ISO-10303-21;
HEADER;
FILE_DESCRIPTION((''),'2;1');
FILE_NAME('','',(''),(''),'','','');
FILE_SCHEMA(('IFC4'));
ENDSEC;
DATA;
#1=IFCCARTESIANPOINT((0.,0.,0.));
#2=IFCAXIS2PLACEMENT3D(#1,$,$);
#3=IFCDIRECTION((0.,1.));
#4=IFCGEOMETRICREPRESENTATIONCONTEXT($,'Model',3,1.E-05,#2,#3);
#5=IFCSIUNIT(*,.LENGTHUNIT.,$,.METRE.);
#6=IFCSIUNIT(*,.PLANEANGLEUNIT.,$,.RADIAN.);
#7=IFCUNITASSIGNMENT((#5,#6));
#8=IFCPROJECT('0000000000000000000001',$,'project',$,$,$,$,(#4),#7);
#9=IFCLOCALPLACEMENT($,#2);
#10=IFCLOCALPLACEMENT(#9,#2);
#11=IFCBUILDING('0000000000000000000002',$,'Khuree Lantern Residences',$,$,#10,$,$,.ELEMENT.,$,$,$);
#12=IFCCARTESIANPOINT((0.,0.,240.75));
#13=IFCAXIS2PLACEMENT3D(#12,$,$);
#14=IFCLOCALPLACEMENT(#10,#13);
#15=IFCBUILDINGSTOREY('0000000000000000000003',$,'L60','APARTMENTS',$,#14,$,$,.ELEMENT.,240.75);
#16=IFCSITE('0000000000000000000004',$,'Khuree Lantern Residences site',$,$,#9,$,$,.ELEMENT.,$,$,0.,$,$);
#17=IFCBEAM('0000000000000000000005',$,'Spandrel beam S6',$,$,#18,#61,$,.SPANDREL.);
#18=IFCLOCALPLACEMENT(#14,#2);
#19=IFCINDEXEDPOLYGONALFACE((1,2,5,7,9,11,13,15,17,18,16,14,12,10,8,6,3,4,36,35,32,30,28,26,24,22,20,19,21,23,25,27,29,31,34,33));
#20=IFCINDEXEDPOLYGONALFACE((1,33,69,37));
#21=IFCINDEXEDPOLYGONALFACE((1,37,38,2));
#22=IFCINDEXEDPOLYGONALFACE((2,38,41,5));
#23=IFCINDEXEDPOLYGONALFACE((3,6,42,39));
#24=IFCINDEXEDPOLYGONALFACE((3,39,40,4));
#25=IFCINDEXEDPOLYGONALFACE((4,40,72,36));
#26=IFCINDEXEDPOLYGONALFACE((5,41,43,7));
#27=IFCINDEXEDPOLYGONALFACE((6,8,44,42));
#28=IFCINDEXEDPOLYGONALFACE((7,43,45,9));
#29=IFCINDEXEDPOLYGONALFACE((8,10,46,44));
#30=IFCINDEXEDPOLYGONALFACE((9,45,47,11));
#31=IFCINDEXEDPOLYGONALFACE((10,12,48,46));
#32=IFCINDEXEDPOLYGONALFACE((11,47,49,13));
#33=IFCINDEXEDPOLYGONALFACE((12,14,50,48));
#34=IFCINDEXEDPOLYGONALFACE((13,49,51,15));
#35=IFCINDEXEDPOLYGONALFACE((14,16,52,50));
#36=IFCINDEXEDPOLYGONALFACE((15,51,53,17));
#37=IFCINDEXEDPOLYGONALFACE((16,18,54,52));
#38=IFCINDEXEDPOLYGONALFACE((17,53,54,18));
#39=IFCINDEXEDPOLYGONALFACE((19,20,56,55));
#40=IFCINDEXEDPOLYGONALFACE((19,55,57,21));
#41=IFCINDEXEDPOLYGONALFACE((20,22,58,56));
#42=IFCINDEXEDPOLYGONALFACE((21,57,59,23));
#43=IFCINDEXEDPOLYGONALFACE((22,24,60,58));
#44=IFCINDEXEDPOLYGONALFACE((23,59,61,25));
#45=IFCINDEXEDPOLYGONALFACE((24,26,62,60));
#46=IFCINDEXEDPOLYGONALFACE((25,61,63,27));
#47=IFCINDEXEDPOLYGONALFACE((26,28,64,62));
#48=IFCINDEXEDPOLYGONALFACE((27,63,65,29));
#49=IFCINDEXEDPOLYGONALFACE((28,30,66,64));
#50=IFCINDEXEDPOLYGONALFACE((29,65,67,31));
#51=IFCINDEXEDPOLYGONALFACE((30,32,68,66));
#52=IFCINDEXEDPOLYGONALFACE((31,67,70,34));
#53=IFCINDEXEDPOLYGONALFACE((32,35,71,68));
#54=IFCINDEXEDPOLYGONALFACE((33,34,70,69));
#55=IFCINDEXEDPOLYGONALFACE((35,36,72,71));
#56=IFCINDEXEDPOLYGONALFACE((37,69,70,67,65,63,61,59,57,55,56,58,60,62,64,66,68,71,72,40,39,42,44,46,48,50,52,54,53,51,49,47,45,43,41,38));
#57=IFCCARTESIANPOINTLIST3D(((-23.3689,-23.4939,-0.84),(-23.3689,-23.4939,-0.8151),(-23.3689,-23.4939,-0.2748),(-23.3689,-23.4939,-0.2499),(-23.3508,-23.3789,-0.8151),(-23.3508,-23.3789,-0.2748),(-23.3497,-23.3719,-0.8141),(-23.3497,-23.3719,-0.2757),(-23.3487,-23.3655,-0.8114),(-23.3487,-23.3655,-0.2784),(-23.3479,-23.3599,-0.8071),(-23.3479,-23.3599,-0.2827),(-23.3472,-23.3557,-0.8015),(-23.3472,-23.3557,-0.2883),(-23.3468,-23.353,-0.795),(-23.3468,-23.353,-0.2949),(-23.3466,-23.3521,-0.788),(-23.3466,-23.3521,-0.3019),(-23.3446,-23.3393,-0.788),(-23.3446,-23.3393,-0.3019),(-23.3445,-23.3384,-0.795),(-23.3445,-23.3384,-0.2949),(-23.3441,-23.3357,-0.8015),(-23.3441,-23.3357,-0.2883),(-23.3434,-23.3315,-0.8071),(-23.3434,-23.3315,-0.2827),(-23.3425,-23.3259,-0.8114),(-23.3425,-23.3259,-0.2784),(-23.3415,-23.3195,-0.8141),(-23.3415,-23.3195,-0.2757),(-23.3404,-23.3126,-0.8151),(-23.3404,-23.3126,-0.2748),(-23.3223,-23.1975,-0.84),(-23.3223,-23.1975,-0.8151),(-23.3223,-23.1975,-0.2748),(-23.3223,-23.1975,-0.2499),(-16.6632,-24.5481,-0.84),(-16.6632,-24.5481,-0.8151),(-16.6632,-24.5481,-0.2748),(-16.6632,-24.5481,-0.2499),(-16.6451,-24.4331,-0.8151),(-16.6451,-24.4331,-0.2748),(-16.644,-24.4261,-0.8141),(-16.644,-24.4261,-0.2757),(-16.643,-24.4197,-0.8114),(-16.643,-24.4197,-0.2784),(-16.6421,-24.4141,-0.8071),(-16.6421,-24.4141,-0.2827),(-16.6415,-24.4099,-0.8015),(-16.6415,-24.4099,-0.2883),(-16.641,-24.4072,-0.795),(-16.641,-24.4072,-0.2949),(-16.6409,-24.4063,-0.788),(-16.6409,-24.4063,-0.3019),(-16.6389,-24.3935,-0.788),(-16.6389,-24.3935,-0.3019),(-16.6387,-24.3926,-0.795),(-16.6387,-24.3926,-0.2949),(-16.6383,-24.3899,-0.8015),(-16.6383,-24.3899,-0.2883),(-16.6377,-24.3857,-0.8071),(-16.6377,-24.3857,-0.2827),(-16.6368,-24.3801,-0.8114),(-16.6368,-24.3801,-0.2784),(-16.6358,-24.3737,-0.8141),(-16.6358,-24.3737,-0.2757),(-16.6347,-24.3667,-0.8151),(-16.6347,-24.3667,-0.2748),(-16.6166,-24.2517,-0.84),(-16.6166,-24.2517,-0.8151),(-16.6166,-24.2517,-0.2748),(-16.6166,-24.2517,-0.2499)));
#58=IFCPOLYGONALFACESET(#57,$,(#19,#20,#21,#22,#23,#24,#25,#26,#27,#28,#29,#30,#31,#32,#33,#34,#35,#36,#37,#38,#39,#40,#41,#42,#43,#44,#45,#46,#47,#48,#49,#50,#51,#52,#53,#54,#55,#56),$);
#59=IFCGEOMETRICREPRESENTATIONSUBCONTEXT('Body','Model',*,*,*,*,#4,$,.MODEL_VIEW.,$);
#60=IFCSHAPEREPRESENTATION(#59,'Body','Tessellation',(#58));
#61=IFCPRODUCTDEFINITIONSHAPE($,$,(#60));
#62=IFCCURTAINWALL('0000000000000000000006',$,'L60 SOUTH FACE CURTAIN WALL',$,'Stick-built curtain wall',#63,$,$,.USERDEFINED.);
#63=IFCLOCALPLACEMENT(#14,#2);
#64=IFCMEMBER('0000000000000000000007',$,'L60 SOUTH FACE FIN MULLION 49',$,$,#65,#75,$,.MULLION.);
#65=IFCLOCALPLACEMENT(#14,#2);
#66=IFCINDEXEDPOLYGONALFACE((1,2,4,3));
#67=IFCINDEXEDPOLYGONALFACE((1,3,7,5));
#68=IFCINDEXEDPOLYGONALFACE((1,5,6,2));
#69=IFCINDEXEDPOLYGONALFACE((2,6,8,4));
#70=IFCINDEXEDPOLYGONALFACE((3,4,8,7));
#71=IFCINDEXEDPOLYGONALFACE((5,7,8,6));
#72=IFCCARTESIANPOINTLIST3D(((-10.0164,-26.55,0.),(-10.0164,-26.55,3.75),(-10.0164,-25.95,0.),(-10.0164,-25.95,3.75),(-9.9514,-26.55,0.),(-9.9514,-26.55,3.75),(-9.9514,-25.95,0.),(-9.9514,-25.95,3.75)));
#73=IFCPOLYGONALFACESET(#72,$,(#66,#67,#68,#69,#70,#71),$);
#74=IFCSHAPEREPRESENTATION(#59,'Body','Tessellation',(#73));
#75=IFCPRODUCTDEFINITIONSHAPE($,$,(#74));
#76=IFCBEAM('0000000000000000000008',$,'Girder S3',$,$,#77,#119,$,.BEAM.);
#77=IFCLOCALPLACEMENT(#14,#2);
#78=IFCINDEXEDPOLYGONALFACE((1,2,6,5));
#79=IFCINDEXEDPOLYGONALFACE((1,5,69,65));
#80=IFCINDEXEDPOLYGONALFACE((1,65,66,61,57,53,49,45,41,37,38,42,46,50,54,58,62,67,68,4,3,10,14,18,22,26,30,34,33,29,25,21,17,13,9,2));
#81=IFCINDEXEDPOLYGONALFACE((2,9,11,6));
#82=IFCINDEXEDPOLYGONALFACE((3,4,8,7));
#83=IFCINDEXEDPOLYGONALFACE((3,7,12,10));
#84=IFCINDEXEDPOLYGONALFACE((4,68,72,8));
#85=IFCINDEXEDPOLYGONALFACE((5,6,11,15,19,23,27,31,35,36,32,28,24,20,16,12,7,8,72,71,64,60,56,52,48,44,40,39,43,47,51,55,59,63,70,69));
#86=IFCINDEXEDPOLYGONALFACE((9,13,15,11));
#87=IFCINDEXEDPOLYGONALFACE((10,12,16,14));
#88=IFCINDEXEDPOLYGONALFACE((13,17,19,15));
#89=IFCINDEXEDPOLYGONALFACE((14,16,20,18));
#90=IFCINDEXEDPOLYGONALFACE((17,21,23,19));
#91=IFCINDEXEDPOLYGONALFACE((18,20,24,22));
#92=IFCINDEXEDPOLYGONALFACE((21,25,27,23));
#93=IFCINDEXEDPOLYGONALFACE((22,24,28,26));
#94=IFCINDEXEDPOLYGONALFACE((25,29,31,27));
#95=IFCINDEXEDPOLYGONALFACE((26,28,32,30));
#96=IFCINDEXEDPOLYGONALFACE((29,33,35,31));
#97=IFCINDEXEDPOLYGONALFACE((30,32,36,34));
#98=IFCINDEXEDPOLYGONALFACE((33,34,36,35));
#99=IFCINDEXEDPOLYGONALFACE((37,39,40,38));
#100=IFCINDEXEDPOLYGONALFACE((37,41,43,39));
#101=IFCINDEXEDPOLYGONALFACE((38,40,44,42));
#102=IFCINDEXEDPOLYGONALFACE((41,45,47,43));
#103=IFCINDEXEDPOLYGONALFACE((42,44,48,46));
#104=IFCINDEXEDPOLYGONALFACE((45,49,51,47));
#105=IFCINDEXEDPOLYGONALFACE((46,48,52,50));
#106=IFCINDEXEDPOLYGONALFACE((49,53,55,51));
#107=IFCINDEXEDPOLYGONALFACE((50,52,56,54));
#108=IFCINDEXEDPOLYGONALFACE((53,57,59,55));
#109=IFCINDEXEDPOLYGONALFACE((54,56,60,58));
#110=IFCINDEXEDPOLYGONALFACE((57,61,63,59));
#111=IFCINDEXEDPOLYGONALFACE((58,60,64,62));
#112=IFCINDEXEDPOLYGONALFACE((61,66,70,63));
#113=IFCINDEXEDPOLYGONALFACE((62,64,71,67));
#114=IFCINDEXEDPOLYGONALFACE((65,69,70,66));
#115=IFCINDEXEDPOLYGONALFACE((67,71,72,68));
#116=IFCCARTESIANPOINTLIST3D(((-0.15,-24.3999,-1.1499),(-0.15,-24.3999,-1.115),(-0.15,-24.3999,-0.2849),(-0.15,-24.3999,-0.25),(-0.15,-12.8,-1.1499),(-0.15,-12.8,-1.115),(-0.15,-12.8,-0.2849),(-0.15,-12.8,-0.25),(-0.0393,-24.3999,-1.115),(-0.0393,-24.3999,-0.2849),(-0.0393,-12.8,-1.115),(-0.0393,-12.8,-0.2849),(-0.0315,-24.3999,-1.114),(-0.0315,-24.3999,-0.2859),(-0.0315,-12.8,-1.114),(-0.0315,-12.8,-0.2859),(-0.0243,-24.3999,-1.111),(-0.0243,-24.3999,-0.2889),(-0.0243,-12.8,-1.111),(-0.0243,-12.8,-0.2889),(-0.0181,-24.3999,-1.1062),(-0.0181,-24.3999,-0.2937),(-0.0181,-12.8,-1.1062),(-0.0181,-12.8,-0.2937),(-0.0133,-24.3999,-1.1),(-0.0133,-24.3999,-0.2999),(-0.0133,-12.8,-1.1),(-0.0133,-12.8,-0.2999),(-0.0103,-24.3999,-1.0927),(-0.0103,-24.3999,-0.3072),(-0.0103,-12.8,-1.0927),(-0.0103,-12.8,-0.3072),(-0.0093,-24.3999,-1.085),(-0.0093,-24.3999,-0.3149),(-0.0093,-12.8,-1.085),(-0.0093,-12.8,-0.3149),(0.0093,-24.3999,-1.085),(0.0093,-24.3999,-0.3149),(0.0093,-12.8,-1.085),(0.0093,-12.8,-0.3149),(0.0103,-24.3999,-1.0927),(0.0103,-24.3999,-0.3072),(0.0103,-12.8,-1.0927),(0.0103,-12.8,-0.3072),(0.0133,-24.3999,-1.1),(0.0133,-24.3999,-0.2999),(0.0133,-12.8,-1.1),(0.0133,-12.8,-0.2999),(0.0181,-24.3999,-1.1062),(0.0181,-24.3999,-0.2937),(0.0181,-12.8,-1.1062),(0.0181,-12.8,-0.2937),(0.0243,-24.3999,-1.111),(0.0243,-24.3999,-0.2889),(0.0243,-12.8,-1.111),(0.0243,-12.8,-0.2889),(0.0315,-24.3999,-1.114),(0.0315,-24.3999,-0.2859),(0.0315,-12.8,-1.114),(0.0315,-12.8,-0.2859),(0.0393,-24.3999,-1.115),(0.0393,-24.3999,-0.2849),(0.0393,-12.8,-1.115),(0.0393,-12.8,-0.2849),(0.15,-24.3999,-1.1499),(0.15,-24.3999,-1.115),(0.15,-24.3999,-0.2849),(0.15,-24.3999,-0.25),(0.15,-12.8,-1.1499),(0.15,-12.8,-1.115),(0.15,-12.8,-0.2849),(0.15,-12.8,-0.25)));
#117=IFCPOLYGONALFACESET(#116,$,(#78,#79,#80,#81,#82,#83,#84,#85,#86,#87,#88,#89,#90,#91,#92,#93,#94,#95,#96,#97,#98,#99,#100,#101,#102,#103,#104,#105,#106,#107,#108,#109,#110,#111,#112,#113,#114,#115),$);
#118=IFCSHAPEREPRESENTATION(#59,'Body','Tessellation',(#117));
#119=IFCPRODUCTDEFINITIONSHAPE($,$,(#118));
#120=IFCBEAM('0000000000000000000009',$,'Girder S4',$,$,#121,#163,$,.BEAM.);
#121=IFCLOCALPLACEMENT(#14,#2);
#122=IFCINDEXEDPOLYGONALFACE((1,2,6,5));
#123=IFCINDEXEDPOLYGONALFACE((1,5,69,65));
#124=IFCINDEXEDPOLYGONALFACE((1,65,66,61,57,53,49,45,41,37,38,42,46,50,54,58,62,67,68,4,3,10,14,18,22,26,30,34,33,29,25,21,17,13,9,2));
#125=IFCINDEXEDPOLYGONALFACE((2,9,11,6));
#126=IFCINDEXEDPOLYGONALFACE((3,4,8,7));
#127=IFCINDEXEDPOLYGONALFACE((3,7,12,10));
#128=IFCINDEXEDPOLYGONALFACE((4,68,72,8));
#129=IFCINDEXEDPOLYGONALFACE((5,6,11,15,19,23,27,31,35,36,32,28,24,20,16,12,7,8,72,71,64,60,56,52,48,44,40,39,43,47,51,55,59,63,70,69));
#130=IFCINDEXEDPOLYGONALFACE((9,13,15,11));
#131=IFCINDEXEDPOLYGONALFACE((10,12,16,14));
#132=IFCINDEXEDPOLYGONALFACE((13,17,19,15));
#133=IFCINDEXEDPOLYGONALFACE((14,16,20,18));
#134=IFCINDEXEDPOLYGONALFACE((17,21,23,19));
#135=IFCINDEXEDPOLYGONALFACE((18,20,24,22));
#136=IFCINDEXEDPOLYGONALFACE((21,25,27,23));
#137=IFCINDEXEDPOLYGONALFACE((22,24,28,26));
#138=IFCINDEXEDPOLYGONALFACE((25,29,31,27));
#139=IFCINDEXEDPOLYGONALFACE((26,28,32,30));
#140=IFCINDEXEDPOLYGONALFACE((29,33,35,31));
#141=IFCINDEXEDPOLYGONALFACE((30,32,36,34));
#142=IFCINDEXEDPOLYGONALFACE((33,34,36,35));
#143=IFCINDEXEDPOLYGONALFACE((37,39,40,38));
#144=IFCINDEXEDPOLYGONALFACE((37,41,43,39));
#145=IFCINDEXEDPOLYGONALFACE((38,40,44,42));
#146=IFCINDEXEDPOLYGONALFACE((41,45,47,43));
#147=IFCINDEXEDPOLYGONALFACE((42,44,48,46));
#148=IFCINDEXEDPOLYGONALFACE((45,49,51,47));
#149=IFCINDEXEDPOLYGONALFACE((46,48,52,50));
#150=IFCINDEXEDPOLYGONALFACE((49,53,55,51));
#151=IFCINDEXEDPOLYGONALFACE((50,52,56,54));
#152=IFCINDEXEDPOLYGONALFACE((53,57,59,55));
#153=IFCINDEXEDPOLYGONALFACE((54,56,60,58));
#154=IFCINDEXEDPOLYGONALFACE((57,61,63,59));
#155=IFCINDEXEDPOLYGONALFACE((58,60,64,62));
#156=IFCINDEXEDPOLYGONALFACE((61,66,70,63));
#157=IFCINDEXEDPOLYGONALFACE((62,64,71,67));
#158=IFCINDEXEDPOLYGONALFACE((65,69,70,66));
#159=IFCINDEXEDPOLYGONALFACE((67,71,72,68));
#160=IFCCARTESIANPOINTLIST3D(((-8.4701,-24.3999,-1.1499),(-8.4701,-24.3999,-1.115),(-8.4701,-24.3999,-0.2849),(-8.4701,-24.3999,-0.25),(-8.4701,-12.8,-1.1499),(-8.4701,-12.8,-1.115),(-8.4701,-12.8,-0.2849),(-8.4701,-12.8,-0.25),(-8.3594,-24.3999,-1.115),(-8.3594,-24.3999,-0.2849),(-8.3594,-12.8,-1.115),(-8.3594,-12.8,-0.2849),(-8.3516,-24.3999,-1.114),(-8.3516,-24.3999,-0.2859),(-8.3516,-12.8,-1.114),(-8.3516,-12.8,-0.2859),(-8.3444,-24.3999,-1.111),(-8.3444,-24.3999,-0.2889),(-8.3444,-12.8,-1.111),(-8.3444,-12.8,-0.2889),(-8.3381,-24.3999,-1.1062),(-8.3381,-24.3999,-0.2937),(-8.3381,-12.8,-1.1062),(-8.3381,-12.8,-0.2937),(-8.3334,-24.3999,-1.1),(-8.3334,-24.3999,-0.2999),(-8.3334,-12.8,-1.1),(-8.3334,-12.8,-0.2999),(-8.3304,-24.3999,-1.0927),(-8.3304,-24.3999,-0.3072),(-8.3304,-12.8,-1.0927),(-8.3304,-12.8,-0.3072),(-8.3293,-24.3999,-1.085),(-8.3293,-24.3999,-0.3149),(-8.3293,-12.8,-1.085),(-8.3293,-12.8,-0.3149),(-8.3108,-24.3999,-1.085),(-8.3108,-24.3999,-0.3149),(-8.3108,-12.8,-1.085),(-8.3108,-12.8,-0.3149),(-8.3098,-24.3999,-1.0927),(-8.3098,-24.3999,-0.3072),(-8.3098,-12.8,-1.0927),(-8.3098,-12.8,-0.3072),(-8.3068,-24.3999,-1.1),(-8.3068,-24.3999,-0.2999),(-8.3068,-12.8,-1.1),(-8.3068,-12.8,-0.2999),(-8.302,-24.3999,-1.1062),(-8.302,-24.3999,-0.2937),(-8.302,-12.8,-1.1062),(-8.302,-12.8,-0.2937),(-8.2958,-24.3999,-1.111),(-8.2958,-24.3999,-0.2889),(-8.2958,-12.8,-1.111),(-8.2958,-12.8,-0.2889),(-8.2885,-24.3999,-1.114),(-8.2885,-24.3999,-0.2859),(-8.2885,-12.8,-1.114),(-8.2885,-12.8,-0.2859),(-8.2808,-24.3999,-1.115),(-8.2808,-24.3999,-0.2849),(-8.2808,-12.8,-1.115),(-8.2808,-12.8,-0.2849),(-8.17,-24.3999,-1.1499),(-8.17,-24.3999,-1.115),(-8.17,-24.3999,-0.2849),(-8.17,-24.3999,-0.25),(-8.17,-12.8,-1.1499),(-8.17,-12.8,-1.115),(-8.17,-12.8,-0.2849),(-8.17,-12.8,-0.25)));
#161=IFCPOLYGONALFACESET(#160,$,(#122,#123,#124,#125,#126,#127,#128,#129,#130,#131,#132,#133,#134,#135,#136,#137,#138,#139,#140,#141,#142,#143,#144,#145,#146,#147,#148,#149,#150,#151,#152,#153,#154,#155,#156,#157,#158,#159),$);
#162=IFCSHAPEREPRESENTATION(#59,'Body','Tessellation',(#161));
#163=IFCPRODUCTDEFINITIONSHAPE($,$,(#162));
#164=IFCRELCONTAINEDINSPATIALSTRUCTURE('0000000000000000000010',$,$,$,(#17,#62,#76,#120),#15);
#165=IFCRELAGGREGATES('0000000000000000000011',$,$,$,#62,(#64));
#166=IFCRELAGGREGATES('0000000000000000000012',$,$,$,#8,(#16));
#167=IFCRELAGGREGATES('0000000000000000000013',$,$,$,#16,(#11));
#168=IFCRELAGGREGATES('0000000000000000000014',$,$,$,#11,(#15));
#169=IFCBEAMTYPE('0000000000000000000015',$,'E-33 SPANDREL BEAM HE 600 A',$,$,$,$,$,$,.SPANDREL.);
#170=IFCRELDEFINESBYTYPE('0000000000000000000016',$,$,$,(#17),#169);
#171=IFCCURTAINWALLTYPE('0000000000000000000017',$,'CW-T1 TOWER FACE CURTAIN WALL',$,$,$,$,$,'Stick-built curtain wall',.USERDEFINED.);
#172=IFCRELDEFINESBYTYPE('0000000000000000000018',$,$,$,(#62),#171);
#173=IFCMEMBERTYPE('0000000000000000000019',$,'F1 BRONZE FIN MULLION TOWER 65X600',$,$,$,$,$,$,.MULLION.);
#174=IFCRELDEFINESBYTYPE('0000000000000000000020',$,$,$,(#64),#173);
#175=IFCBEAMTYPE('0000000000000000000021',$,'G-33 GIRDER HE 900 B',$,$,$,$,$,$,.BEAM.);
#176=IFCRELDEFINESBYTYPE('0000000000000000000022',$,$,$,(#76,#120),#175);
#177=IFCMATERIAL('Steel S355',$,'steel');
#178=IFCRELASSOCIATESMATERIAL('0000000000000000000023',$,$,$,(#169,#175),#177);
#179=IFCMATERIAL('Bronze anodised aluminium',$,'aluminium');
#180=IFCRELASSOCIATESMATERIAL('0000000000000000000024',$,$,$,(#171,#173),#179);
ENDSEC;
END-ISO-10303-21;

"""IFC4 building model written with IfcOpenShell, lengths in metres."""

from ifc_helpers import new_model, si_unit, direction, frame, origin, origin_2d, place, context, subcontext, project, spatial, rectangle, i_section, extrude, material, material_profile, profile_set, type_object, element, aggregate, save


model = new_model("IFC4")

# Units and contexts
model_context = context("Model", 3, precision=1e-05, world=origin(), true_north=direction((0.0, 1.0)))
body_context = subcontext(model_context, "Body", "Model", "MODEL_VIEW")
ifc_project = project(units=[si_unit("LENGTHUNIT", "METRE"), si_unit("PLANEANGLEUNIT", "RADIAN")], contexts=[model_context])

# Site, building, storey
site_placement = place(None, origin())
site = spatial("IfcSite", under=ifc_project, at=site_placement, Name="Khuree Lantern Residences site", CompositionType="ELEMENT", RefElevation=0.0)
building_placement = place(site_placement, origin())
building = spatial("IfcBuilding", under=site, at=building_placement, Name="Khuree Lantern Residences", CompositionType="ELEMENT")
storey_placement = place(building_placement, frame((0.0, 0.0, 240.75)))
storey = spatial("IfcBuildingStorey", under=building, at=storey_placement, Name="L60", Description="APARTMENTS", CompositionType="ELEMENT", Elevation=240.75)

# Beam
ifc_material_1 = material(Name="Steel S355", Category="steel")
ifc_material_profile_1 = material_profile(ifc_material_1, i_section(OverallWidth=0.3, OverallDepth=0.5901, WebThickness=0.0129, FlangeThickness=0.0249, FilletRadius=0.0271, at=origin_2d()), Name="HE 600 A")
ifc_profile_set_1 = profile_set([ifc_material_profile_1], Name="Steel S355")
beam_type_1 = type_object("IfcBeamType", Name="E-33 SPANDREL BEAM HE 600 A", PredefinedType="SPANDREL", material=ifc_profile_set_1)
beam_1_placement = place(storey_placement, frame((-16.6399, -24.3999, -0.5449), z_axis=(-0.987867, 0.1553, 0.0), x_axis=(-0.1553, -0.987867, 0.0)))
element("IfcBeam", 1, at=beam_1_placement, inside=storey, type_object=beam_type_1, Name="Spandrel beam S6", PredefinedType="SPANDREL", context=body_context, shape_type="SweptSolid", body=[
    extrude(i_section(OverallWidth=0.3, OverallDepth=0.5901, WebThickness=0.0129, FlangeThickness=0.0249, FilletRadius=0.0271, at=origin_2d()), origin(), (0.0, 0.0, 1.0), 6.7881),
])

# Curtain wall, member
ifc_material_2 = material(Name="Bronze anodised aluminium", Category="aluminium")
curtain_wall_type = type_object("IfcCurtainWallType", Name="CW-T1 TOWER FACE CURTAIN WALL", ElementType="Stick-built curtain wall", PredefinedType="USERDEFINED", material=ifc_material_2)
curtain_wall_placement = place(storey_placement, origin())
curtain_wall = element("IfcCurtainWall", 2, at=curtain_wall_placement, inside=storey, type_object=curtain_wall_type, Name="L60 SOUTH FACE CURTAIN WALL", ObjectType="Stick-built curtain wall", PredefinedType="USERDEFINED")
ifc_material_profile_2 = material_profile(ifc_material_2, rectangle(XDim=0.0649, YDim=0.6001, at=origin_2d()), Name="F1 65X600")
ifc_profile_set_2 = profile_set([ifc_material_profile_2], Name="Bronze anodised aluminium")
member_type_1 = type_object("IfcMemberType", Name="F1 BRONZE FIN MULLION TOWER 65X600", PredefinedType="MULLION", material=ifc_profile_set_2)
member_1_placement = place(storey_placement, frame((-9.9839, -26.25, 0.0), z_axis=(0.0, 0.0, 1.0), x_axis=(1.0, 0.0, 0.0)))
member_1 = element("IfcMember", 3, at=member_1_placement, type_object=member_type_1, Name="L60 SOUTH FACE FIN MULLION 49", PredefinedType="MULLION", context=body_context, shape_type="SweptSolid", body=[
    extrude(rectangle(XDim=0.0649, YDim=0.6001, at=origin_2d()), origin(), (0.0, 0.0, 1.0), 3.75),
])

# Beams
ifc_material_profile_3 = material_profile(ifc_material_1, i_section(OverallWidth=0.3, OverallDepth=0.8999, WebThickness=0.0186, FlangeThickness=0.0349, FilletRadius=0.03, at=origin_2d()), Name="HE 900 B")
ifc_profile_set_3 = profile_set([ifc_material_profile_3], Name="Steel S355")
beam_type_2 = type_object("IfcBeamType", Name="G-33 GIRDER HE 900 B", PredefinedType="BEAM", material=ifc_profile_set_3)
for number, where, z_axis, x_axis, name in (
    (4, (0.0, -24.3999, -0.7), (0.0, 1.0, 0.0), (-1.0, 0.0, 0.0), "Girder S3"),
    (5, (-8.3201, -24.3999, -0.7), (0.0, 1.0, 0.0), (-1.0, 0.0, 0.0), "Girder S4"),
):
    element("IfcBeam", number, at=place(storey_placement, frame(where, z_axis=z_axis, x_axis=x_axis)), inside=storey, type_object=beam_type_2, Name=name, PredefinedType="BEAM", context=body_context, shape_type="SweptSolid", body=[
        extrude(i_section(OverallWidth=0.3, OverallDepth=0.8999, WebThickness=0.0186, FlangeThickness=0.0349, FilletRadius=0.03, at=origin_2d()), origin(), (0.0, 0.0, 1.0), 11.5999),
    ])

aggregate(curtain_wall, [member_1])

save(model, "model.ifc")
